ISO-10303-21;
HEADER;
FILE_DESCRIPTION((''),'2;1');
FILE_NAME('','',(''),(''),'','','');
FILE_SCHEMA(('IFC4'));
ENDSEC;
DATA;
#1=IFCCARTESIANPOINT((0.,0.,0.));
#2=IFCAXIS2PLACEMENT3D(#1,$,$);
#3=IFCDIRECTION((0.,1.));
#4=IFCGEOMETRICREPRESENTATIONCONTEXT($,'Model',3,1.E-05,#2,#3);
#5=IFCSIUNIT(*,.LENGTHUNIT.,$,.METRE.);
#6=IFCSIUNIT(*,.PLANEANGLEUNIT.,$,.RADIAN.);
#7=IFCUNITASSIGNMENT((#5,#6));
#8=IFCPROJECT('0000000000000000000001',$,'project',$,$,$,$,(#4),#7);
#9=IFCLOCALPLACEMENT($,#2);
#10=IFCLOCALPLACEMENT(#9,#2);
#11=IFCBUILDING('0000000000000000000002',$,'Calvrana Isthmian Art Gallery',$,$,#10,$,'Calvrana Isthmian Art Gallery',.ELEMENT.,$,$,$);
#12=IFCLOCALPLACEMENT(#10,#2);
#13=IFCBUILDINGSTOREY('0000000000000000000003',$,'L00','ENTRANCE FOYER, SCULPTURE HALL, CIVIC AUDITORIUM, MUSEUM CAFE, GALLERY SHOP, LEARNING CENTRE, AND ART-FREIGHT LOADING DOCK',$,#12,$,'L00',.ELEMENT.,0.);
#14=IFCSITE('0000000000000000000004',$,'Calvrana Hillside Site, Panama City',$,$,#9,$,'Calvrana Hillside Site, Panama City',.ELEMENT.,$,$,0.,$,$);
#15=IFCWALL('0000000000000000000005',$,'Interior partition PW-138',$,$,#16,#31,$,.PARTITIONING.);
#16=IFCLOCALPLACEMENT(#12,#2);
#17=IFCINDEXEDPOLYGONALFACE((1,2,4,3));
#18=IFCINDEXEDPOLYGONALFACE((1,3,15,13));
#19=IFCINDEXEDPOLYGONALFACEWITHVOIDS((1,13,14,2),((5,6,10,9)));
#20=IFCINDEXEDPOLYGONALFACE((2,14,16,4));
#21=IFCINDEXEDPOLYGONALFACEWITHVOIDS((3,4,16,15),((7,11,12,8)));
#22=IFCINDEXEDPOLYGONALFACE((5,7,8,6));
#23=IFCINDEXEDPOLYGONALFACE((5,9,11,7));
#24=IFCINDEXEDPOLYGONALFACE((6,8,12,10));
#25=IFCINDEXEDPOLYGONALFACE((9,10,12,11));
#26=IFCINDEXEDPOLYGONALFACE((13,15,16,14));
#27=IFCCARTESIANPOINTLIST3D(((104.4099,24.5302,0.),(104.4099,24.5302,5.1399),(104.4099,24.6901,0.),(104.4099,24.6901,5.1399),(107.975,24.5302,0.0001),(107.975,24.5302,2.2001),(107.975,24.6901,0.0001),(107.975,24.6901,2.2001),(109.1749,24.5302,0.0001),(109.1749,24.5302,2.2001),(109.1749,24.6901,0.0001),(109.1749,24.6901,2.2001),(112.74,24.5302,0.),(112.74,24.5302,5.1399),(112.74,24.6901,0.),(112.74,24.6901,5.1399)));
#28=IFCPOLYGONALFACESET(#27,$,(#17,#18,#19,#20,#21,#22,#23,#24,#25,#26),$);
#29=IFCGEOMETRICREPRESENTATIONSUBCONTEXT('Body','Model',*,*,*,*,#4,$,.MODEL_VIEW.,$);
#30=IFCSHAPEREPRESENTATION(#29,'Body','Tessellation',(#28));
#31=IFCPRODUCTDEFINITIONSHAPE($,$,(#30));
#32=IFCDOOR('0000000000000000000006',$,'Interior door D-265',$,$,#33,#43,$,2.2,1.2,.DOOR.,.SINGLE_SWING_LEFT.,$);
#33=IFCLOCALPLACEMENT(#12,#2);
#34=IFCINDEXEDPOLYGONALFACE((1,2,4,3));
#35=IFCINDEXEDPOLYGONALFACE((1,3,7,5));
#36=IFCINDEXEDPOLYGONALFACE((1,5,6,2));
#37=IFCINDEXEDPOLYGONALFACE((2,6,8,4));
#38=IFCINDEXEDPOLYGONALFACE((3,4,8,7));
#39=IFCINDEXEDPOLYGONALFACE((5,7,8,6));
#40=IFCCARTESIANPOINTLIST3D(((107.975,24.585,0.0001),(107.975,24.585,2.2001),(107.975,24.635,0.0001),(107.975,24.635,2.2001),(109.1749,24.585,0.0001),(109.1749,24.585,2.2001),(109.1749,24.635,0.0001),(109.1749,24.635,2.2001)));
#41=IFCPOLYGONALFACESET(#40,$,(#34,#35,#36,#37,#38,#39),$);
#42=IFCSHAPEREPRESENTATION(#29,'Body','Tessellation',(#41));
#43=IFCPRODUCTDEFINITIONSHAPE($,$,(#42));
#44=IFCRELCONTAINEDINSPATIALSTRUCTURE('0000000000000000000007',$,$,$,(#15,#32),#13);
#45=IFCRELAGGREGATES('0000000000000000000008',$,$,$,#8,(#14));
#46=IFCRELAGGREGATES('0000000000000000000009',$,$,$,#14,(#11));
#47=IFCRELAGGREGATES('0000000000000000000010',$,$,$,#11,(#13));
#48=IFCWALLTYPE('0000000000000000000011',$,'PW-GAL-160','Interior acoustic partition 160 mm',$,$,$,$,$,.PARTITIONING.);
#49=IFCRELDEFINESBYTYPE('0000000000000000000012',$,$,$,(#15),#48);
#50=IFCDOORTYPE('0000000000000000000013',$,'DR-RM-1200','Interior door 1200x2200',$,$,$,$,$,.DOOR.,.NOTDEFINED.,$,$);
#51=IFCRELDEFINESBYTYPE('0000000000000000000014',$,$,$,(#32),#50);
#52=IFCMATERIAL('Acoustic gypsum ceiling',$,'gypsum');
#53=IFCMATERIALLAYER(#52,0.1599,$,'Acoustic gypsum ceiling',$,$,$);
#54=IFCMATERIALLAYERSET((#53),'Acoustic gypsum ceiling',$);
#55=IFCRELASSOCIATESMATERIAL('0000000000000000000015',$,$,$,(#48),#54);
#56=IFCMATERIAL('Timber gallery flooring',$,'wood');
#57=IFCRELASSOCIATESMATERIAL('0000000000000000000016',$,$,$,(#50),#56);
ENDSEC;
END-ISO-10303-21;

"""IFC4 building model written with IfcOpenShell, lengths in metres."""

from ifc_helpers import new_model, si_unit, direction, frame, frame_2d, origin, place, context, subcontext, project, spatial, rectangle, extrude, material, layer, layer_set, type_object, element, fill, save


model = new_model("IFC4")

# Units and contexts
model_context = context("Model", 3, precision=1e-05, world=origin(), true_north=direction((0.0, 1.0)))
body_context = subcontext(model_context, "Body", "Model", "MODEL_VIEW")
ifc_project = project(units=[si_unit("LENGTHUNIT", "METRE"), si_unit("PLANEANGLEUNIT", "RADIAN")], contexts=[model_context])

# Site, building, storey
site_placement = place(None, origin())
site = spatial("IfcSite", under=ifc_project, at=site_placement, Name="Calvrana Hillside Site, Panama City", LongName="Calvrana Hillside Site, Panama City", CompositionType="ELEMENT", RefElevation=0.0)
building_placement = place(site_placement, origin())
building = spatial("IfcBuilding", under=site, at=building_placement, Name="Calvrana Isthmian Art Gallery", LongName="Calvrana Isthmian Art Gallery", CompositionType="ELEMENT")
storey_placement = place(building_placement, origin())
storey = spatial("IfcBuildingStorey", under=building, at=storey_placement, Name="L00", Description="ENTRANCE FOYER, SCULPTURE HALL, CIVIC AUDITORIUM, MUSEUM CAFE, GALLERY SHOP, LEARNING CENTRE, AND ART-FREIGHT LOADING DOCK", LongName="L00", CompositionType="ELEMENT", Elevation=0.0)

# Shared definitions
ifc_material_1 = material(Name="Acoustic gypsum ceiling", Category="gypsum")
ifc_layer_1 = layer(ifc_material_1, 0.1599, Name="Acoustic gypsum ceiling")
ifc_layer_set_1 = layer_set([ifc_layer_1], Name="Acoustic gypsum ceiling")
wall_type = type_object("IfcWallType", Name="PW-GAL-160", Description="Interior acoustic partition 160 mm", PredefinedType="PARTITIONING", material=ifc_layer_set_1)
ifc_material_2 = material(Name="Timber gallery flooring", Category="wood")

# Wall, opening, door
wall_1_placement = place(storey_placement, frame((104.4099, 24.6101, 0.0), z_axis=(0.0, 0.0, 1.0), x_axis=(1.0, 0.0, 0.0)))
wall_1 = element("IfcWall", 1, at=wall_1_placement, inside=storey, type_object=wall_type, Name="Interior partition PW-138", PredefinedType="PARTITIONING", context=body_context, shape_type="SweptSolid", body=[
    extrude(rectangle(XDim=8.3301, YDim=0.1599, at=frame_2d((4.165, 0.0))), origin(), (0.0, 0.0, 1.0), 5.1399),
])
opening_1_placement = place(wall_1_placement, frame((3.5649, 0.0, 0.0)))
opening_1 = element("IfcOpeningElement", 2, at=opening_1_placement, cuts=wall_1, PredefinedType="OPENING", context=body_context, shape_type="SweptSolid", body=[
    extrude(rectangle(XDim=1.2, YDim=2.2, at=frame_2d((0.6001, 1.1001))), frame((0.0, 0.0903, 0.0), z_axis=(0.0, -1.0, 0.0), x_axis=(1.0, 0.0, 0.0)), (0.0, 0.0, 1.0), 0.1804),
])
door_type_1 = type_object("IfcDoorType", Name="DR-RM-1200", Description="Interior door 1200x2200", OperationType="NOTDEFINED", PredefinedType="DOOR", material=ifc_material_2)
door_1_placement = place(opening_1_placement, origin())
door_1 = element("IfcDoor", 3, at=door_1_placement, inside=storey, type_object=door_type_1, Name="Interior door D-265", OperationType="SINGLE_SWING_LEFT", OverallHeight=2.2, OverallWidth=1.2, PredefinedType="DOOR", context=body_context, shape_type="SweptSolid", body=[
    extrude(rectangle(XDim=1.2, YDim=2.2, at=frame_2d((0.6001, 1.1001))), frame((0.0, 0.0249, 0.0), z_axis=(0.0, -1.0, 0.0), x_axis=(1.0, 0.0, 0.0)), (0.0, 0.0, 1.0), 0.05),
])
fill(opening_1, door_1)

save(model, "model.ifc")
